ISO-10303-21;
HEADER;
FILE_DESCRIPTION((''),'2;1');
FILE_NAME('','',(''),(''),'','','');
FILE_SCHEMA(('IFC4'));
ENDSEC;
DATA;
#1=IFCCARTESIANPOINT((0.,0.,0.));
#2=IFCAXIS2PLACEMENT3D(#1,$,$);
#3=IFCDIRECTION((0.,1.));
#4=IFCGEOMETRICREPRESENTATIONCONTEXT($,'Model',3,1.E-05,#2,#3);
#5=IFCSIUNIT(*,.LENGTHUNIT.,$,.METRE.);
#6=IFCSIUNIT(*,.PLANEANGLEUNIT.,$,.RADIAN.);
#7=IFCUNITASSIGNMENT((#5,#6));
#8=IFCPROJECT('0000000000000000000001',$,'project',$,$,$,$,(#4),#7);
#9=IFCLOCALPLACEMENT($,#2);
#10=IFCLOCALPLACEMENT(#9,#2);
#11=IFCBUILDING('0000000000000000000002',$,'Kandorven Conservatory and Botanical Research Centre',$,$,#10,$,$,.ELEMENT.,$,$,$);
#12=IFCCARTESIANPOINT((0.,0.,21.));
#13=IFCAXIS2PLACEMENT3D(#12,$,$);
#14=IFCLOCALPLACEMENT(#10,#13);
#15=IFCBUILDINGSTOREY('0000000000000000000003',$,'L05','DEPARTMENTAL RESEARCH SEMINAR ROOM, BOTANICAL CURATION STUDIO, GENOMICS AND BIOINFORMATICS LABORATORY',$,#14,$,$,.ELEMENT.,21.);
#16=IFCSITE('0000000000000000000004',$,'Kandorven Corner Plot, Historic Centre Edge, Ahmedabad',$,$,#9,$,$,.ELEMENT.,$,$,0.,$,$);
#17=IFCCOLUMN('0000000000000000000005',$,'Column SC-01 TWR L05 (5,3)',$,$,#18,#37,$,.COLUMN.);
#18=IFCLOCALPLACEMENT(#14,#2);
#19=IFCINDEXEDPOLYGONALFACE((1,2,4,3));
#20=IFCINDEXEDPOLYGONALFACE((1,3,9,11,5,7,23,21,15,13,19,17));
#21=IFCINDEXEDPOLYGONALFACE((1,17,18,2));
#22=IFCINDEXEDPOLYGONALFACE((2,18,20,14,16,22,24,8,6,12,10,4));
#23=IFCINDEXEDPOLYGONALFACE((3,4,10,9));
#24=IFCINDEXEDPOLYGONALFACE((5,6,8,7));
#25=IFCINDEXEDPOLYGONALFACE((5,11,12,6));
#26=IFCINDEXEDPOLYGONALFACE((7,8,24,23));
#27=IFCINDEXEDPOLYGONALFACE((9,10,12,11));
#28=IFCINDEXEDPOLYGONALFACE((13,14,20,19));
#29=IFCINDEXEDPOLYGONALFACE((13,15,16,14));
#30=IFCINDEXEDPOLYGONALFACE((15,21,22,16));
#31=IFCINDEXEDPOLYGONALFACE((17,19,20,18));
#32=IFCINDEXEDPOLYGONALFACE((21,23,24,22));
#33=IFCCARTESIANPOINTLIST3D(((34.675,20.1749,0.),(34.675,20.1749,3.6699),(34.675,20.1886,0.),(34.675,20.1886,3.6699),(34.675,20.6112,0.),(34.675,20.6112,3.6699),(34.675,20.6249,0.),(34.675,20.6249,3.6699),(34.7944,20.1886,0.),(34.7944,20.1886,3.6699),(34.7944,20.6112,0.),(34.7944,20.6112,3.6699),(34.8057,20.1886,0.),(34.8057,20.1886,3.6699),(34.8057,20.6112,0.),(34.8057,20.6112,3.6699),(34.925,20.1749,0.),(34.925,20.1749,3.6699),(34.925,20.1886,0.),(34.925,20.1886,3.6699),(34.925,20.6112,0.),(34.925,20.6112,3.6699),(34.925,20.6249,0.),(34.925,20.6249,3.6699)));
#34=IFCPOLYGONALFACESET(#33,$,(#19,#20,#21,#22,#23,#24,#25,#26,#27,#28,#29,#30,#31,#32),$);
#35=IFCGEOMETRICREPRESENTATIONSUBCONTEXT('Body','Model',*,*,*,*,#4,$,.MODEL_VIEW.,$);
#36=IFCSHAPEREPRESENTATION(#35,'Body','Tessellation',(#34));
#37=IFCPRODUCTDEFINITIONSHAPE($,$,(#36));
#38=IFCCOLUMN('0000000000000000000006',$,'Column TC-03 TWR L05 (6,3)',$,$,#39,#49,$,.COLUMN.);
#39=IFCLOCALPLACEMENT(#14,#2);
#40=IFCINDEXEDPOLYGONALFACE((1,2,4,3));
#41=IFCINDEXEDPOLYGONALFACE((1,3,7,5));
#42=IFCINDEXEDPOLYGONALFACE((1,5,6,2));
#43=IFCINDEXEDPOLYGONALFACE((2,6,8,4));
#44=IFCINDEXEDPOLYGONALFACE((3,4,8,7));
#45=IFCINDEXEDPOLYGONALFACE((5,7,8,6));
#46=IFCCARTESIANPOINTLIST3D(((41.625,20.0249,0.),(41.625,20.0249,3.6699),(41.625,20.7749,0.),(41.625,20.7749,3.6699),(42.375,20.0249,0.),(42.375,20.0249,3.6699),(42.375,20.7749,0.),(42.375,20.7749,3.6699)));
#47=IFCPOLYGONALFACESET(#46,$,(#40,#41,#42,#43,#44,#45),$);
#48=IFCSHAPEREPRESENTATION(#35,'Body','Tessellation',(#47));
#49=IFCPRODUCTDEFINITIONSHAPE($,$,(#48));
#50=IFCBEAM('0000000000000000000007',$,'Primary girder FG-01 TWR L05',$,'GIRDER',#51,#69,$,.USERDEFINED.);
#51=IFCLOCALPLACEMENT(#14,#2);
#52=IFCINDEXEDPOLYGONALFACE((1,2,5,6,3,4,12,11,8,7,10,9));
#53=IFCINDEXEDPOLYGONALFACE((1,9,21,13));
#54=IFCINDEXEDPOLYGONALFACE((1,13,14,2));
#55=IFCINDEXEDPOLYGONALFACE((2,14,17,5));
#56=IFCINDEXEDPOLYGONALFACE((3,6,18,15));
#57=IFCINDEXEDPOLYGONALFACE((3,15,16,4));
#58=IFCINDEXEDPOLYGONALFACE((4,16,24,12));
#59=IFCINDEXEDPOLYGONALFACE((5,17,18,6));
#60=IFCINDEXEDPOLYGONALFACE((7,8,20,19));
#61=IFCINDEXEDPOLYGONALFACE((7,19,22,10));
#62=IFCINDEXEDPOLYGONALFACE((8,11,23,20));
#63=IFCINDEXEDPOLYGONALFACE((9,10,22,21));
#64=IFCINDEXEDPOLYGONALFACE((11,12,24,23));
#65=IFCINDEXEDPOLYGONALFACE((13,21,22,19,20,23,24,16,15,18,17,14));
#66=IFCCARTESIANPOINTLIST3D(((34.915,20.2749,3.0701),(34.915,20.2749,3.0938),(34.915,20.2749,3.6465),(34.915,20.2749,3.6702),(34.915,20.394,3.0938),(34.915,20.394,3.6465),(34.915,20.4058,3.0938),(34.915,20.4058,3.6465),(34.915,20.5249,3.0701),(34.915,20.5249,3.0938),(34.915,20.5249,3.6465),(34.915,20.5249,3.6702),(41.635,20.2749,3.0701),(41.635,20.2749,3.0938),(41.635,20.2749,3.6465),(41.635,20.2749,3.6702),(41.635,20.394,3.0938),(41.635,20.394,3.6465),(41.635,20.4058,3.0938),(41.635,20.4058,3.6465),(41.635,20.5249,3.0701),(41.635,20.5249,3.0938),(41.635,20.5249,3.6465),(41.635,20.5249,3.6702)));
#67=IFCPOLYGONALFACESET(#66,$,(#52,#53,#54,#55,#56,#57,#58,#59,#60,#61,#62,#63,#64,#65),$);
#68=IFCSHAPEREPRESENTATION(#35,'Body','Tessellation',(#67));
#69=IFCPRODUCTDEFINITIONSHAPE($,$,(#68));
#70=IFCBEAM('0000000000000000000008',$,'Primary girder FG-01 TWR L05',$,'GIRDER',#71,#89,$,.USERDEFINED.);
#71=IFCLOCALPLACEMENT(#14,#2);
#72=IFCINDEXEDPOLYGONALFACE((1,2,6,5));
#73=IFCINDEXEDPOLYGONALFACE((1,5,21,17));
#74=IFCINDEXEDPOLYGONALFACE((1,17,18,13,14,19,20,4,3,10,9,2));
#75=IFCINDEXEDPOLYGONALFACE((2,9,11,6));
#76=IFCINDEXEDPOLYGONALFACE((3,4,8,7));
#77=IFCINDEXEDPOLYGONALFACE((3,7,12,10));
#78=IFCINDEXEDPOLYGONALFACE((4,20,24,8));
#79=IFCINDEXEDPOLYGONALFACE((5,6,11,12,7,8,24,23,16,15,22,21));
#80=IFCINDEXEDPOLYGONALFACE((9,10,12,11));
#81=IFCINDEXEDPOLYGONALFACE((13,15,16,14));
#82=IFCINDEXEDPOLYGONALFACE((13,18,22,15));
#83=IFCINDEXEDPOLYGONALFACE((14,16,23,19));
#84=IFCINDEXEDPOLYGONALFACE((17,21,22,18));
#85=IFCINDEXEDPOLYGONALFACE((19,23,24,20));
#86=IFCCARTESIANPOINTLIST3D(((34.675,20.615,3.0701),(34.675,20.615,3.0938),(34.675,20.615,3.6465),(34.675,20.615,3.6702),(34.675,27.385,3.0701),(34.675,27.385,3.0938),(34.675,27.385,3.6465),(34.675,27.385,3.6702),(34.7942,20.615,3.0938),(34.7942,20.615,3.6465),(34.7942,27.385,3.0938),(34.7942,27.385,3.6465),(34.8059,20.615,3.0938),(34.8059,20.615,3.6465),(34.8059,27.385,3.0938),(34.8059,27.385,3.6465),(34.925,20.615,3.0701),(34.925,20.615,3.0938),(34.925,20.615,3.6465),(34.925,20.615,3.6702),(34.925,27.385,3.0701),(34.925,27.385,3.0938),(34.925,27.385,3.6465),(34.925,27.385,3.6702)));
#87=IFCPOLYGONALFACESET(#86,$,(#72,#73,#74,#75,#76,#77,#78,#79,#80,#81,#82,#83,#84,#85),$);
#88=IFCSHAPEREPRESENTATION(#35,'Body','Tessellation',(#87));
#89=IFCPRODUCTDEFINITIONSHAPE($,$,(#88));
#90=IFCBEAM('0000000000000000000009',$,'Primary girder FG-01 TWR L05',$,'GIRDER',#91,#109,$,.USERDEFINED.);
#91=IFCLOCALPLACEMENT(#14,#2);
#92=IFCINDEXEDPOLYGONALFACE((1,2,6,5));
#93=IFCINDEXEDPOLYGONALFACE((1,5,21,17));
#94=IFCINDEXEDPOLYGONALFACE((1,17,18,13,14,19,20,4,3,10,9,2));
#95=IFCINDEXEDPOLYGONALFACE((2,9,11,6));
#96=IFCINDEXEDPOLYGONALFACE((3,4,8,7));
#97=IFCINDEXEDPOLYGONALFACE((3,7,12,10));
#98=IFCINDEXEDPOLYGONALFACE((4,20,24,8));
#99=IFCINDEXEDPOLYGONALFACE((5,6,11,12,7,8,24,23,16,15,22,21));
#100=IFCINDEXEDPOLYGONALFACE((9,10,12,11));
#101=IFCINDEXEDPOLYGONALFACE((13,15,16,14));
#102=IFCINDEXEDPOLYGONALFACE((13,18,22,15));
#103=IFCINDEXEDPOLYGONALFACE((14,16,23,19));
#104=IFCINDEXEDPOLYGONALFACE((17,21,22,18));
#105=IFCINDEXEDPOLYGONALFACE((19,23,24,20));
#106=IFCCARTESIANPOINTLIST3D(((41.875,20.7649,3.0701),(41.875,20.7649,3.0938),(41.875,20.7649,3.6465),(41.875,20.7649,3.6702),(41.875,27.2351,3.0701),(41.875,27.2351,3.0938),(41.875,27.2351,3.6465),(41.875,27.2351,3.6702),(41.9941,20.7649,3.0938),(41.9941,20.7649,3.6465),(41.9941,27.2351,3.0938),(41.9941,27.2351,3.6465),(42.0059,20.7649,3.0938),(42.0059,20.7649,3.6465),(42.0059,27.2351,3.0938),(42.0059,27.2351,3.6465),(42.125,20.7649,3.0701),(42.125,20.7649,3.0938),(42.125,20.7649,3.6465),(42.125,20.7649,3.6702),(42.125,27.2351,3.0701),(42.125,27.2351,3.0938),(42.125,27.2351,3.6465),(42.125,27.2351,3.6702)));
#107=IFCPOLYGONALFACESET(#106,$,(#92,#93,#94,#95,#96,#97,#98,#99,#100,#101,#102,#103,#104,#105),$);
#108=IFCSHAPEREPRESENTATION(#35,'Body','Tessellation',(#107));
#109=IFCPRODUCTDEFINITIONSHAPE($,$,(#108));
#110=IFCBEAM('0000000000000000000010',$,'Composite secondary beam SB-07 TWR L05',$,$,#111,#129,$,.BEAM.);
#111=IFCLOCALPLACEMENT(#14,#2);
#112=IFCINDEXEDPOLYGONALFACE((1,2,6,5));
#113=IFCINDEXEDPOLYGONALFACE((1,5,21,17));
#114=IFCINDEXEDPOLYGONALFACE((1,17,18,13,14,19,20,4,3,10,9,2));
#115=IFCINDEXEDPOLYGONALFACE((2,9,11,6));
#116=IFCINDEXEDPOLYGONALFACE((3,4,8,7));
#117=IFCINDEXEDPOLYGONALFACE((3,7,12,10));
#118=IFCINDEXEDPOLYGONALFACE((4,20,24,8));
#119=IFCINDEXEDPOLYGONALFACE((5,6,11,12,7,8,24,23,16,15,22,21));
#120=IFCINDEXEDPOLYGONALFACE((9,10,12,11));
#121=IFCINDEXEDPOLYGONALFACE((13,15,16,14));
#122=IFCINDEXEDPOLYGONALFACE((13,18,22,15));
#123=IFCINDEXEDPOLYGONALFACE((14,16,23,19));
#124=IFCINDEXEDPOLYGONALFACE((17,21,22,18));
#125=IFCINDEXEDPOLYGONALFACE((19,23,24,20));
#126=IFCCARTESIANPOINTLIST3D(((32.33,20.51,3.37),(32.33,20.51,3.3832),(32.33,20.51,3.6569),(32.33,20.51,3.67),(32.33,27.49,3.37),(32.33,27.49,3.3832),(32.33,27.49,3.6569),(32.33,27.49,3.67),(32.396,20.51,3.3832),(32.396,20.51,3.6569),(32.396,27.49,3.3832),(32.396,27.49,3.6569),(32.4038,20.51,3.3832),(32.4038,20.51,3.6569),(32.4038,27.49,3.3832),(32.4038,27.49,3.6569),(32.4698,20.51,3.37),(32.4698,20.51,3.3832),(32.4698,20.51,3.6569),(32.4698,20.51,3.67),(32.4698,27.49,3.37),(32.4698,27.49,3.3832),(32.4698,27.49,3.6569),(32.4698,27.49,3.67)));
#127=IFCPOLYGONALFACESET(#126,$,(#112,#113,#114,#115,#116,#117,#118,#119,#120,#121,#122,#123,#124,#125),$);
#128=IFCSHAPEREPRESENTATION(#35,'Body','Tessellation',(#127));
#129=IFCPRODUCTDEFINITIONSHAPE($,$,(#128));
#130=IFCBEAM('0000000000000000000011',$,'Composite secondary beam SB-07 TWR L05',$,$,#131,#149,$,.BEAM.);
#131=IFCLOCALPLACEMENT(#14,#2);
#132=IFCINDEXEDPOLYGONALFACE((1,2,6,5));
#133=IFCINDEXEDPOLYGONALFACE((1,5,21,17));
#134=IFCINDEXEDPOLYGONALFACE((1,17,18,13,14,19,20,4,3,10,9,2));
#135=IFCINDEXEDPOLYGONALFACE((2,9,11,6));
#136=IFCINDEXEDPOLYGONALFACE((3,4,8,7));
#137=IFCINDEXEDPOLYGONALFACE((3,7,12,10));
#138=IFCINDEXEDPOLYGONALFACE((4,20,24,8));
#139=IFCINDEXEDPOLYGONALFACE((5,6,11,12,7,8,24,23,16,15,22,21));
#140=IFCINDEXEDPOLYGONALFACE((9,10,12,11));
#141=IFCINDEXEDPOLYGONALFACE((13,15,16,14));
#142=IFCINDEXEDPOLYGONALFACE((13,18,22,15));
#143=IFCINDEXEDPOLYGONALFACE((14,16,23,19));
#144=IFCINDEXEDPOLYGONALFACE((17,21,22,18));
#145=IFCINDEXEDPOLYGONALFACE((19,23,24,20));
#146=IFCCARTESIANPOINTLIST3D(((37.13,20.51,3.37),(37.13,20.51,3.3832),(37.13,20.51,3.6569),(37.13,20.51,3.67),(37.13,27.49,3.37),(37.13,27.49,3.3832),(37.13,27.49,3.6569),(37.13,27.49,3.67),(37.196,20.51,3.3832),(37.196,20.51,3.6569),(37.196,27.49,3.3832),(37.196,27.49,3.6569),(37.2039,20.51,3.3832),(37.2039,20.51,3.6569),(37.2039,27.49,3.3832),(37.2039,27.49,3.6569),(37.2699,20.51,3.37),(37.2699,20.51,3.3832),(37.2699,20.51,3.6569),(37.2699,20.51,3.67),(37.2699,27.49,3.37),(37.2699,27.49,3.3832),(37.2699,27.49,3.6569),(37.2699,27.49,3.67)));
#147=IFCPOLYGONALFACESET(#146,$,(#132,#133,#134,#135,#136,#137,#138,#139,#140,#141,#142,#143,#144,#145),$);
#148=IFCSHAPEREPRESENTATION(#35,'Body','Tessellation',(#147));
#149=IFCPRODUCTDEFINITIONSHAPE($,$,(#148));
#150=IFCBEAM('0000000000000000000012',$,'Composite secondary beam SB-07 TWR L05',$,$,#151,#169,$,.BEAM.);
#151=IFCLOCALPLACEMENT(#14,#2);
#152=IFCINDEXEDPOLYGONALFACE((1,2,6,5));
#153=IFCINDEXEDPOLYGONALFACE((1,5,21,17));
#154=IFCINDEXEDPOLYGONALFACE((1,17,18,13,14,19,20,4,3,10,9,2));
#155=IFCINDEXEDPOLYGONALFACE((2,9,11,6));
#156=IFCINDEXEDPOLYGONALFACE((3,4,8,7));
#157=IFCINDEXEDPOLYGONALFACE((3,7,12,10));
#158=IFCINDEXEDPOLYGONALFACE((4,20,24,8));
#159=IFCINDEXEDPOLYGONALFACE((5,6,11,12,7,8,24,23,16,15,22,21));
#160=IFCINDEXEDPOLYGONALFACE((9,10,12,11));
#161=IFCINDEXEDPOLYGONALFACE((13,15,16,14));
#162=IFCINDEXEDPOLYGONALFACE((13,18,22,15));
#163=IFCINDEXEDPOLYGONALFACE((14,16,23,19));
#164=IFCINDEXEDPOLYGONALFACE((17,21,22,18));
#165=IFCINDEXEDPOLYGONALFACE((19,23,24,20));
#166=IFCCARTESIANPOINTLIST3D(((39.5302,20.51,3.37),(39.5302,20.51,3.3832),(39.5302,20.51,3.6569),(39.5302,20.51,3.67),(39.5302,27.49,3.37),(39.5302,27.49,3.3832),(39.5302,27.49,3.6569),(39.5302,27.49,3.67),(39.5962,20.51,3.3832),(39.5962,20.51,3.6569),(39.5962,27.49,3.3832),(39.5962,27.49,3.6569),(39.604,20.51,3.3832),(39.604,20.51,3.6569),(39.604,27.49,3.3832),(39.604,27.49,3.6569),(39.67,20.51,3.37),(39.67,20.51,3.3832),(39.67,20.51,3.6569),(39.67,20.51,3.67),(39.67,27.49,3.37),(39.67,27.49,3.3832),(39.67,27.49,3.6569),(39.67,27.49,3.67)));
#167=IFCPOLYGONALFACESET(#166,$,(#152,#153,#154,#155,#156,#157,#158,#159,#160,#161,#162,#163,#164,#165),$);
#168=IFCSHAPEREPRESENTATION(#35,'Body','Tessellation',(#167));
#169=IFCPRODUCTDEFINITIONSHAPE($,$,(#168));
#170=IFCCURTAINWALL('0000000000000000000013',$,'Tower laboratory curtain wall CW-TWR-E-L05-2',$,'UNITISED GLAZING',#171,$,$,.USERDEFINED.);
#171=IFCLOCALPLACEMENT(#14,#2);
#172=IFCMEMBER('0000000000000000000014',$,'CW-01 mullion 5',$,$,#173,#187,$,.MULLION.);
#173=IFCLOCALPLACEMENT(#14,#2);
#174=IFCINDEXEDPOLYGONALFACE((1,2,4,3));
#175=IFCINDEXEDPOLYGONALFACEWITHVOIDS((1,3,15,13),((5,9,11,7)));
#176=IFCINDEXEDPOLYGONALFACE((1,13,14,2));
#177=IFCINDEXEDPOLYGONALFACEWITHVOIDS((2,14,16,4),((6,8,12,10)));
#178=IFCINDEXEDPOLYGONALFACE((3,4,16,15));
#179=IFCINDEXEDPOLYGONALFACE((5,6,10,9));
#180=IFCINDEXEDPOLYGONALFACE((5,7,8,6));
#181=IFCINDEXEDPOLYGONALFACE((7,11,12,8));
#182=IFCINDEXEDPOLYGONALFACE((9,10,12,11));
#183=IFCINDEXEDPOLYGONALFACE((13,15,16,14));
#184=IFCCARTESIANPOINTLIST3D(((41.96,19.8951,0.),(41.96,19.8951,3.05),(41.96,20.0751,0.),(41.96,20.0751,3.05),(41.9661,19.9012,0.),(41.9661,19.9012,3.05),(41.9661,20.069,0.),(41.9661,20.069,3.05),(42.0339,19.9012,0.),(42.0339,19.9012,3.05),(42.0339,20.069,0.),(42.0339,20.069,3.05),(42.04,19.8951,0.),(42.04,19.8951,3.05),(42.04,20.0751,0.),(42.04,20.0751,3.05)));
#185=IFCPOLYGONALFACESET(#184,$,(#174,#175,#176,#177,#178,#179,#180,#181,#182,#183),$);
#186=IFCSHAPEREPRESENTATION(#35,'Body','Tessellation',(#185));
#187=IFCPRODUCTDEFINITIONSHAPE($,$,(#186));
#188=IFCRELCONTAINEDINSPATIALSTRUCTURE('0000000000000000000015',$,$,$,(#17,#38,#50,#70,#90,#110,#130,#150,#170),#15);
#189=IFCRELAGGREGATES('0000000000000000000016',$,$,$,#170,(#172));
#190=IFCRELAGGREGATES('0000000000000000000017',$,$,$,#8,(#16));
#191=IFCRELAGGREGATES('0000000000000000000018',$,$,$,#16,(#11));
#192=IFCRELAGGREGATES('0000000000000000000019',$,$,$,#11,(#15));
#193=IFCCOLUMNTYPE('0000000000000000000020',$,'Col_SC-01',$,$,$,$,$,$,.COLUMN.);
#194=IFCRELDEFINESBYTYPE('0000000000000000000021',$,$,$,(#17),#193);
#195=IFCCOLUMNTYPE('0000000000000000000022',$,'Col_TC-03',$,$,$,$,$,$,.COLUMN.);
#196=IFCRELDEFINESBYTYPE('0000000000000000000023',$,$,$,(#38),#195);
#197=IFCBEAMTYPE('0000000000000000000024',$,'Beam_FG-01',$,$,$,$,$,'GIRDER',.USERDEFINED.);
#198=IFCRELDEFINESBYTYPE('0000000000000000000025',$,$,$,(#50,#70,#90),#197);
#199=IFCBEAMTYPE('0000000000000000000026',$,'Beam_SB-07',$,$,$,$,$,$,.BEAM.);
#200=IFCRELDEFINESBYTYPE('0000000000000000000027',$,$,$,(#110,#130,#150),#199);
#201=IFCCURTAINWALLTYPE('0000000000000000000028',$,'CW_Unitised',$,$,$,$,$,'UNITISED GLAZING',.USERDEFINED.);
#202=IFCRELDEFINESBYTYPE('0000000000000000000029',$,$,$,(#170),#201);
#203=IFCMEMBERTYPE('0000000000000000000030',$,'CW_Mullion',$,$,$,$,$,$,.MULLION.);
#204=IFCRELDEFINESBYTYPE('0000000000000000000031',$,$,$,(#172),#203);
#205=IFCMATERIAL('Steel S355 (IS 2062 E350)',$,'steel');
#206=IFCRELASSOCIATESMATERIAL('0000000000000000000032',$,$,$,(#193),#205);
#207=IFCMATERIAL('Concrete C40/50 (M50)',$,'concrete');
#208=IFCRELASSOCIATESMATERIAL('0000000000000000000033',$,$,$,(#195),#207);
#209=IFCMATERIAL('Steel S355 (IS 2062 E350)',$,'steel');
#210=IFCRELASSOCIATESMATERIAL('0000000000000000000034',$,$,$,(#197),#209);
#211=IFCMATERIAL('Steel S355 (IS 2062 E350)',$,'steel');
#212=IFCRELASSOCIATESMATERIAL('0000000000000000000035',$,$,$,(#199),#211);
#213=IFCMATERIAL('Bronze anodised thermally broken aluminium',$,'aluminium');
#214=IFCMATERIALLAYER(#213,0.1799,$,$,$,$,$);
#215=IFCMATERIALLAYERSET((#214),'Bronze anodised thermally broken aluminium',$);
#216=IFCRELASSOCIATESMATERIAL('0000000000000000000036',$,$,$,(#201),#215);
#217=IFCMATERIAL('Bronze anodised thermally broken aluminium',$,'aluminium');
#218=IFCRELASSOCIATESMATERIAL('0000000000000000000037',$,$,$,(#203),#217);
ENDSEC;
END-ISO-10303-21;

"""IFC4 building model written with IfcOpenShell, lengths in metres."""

from ifc_helpers import new_model, si_unit, direction, frame, origin, origin_2d, place, context, subcontext, project, spatial, rectangle, hollow_rectangle, i_section, extrude, material, layer, layer_set, material_profile, profile_set, type_object, element, aggregate, save


model = new_model("IFC4")

# Units and contexts
model_context = context("Model", 3, precision=1e-05, world=origin(), true_north=direction((0.0, 1.0)))
body_context = subcontext(model_context, "Body", "Model", "MODEL_VIEW")
ifc_project = project(units=[si_unit("LENGTHUNIT", "METRE"), si_unit("PLANEANGLEUNIT", "RADIAN")], contexts=[model_context])

# Site, building, storey
site_placement = place(None, origin())
site = spatial("IfcSite", under=ifc_project, at=site_placement, Name="Kandorven Corner Plot, Historic Centre Edge, Ahmedabad", CompositionType="ELEMENT", RefElevation=0.0)
building_placement = place(site_placement, origin())
building = spatial("IfcBuilding", under=site, at=building_placement, Name="Kandorven Conservatory and Botanical Research Centre", CompositionType="ELEMENT")
storey_placement = place(building_placement, frame((0.0, 0.0, 21.0)))
storey = spatial("IfcBuildingStorey", under=building, at=storey_placement, Name="L05", Description="DEPARTMENTAL RESEARCH SEMINAR ROOM, BOTANICAL CURATION STUDIO, GENOMICS AND BIOINFORMATICS LABORATORY", CompositionType="ELEMENT", Elevation=21.0)

# Columns
ifc_material_1 = material(Name="Steel S355 (IS 2062 E350)", Category="steel")
ifc_material_profile_1 = material_profile(ifc_material_1, i_section(OverallWidth=0.25, OverallDepth=0.45, WebThickness=0.0112, FlangeThickness=0.0137, at=origin_2d()))
ifc_profile_set_1 = profile_set([ifc_material_profile_1], Name="Steel S355 (IS 2062 E350)")
column_type_1 = type_object("IfcColumnType", Name="Col_SC-01", PredefinedType="COLUMN", material=ifc_profile_set_1)
column_1_placement = place(storey_placement, frame((34.8, 20.3999, 0.0), z_axis=(0.0, 0.0, 1.0), x_axis=(1.0, 0.0, 0.0)))
element("IfcColumn", 1, at=column_1_placement, inside=storey, type_object=column_type_1, Name="Column SC-01 TWR L05 (5,3)", PredefinedType="COLUMN", context=body_context, shape_type="SweptSolid", body=[
    extrude(i_section(OverallWidth=0.25, OverallDepth=0.45, WebThickness=0.0112, FlangeThickness=0.0137, at=origin_2d()), origin(), (0.0, 0.0, 1.0), 3.6699),
])
ifc_material_2 = material(Name="Concrete C40/50 (M50)", Category="concrete")
ifc_material_profile_2 = material_profile(ifc_material_2, rectangle(XDim=0.75, YDim=0.75, at=origin_2d()))
ifc_profile_set_2 = profile_set([ifc_material_profile_2], Name="Concrete C40/50 (M50)")
column_type_2 = type_object("IfcColumnType", Name="Col_TC-03", PredefinedType="COLUMN", material=ifc_profile_set_2)
column_2_placement = place(storey_placement, frame((42.0, 20.3999, 0.0), z_axis=(0.0, 0.0, 1.0), x_axis=(1.0, 0.0, 0.0)))
element("IfcColumn", 2, at=column_2_placement, inside=storey, type_object=column_type_2, Name="Column TC-03 TWR L05 (6,3)", PredefinedType="COLUMN", context=body_context, shape_type="SweptSolid", body=[
    extrude(rectangle(XDim=0.75, YDim=0.75, at=origin_2d()), origin(), (0.0, 0.0, 1.0), 3.6699),
])

# Beams
ifc_material_3 = material(Name="Steel S355 (IS 2062 E350)", Category="steel")
ifc_material_profile_3 = material_profile(ifc_material_3, i_section(OverallWidth=0.25, OverallDepth=0.6001, WebThickness=0.0117, FlangeThickness=0.0237, at=origin_2d()))
ifc_profile_set_3 = profile_set([ifc_material_profile_3], Name="Steel S355 (IS 2062 E350)")
beam_type_1 = type_object("IfcBeamType", Name="Beam_FG-01", ElementType="GIRDER", PredefinedType="USERDEFINED", material=ifc_profile_set_3)
beam_1_placement = place(storey_placement, frame((34.915, 20.3999, 3.3701), z_axis=(1.0, 0.0, 0.0), x_axis=(0.0, 1.0, 0.0)))
element("IfcBeam", 3, at=beam_1_placement, inside=storey, type_object=beam_type_1, Name="Primary girder FG-01 TWR L05", ObjectType="GIRDER", PredefinedType="USERDEFINED", context=body_context, shape_type="SweptSolid", body=[
    extrude(i_section(OverallWidth=0.25, OverallDepth=0.6001, WebThickness=0.0117, FlangeThickness=0.0237, at=origin_2d()), origin(), (0.0, 0.0, 1.0), 6.72),
])
beam_2_placement = place(storey_placement, frame((34.8, 20.615, 3.3701), z_axis=(0.0, 1.0, 0.0), x_axis=(-1.0, 0.0, 0.0)))
element("IfcBeam", 4, at=beam_2_placement, inside=storey, type_object=beam_type_1, Name="Primary girder FG-01 TWR L05", ObjectType="GIRDER", PredefinedType="USERDEFINED", context=body_context, shape_type="SweptSolid", body=[
    extrude(i_section(OverallWidth=0.25, OverallDepth=0.6001, WebThickness=0.0117, FlangeThickness=0.0237, at=origin_2d()), origin(), (0.0, 0.0, 1.0), 6.77),
])
beam_3_placement = place(storey_placement, frame((42.0, 20.7649, 3.3701), z_axis=(0.0, 1.0, 0.0), x_axis=(-1.0, 0.0, 0.0)))
element("IfcBeam", 5, at=beam_3_placement, inside=storey, type_object=beam_type_1, Name="Primary girder FG-01 TWR L05", ObjectType="GIRDER", PredefinedType="USERDEFINED", context=body_context, shape_type="SweptSolid", body=[
    extrude(i_section(OverallWidth=0.25, OverallDepth=0.6001, WebThickness=0.0117, FlangeThickness=0.0237, at=origin_2d()), origin(), (0.0, 0.0, 1.0), 6.4702),
])
ifc_material_4 = material(Name="Steel S355 (IS 2062 E350)", Category="steel")
ifc_material_profile_4 = material_profile(ifc_material_4, i_section(OverallWidth=0.1399, OverallDepth=0.3, WebThickness=0.0078, FlangeThickness=0.0132, at=origin_2d()))
ifc_profile_set_4 = profile_set([ifc_material_profile_4], Name="Steel S355 (IS 2062 E350)")
beam_type_2 = type_object("IfcBeamType", Name="Beam_SB-07", PredefinedType="BEAM", material=ifc_profile_set_4)
for number, where, z_axis, x_axis, name in (
    (6, (32.3999, 20.51, 3.52), (0.0, 1.0, 0.0), (-1.0, 0.0, 0.0), "Composite secondary beam SB-07 TWR L05"),
    (7, (37.2, 20.51, 3.52), (0.0, 1.0, 0.0), (-1.0, 0.0, 0.0), "Composite secondary beam SB-07 TWR L05"),
    (8, (39.6001, 20.51, 3.52), (0.0, 1.0, 0.0), (-1.0, 0.0, 0.0), "Composite secondary beam SB-07 TWR L05"),
):
    element("IfcBeam", number, at=place(storey_placement, frame(where, z_axis=z_axis, x_axis=x_axis)), inside=storey, type_object=beam_type_2, Name=name, PredefinedType="BEAM", context=body_context, shape_type="SweptSolid", body=[
        extrude(i_section(OverallWidth=0.1399, OverallDepth=0.3, WebThickness=0.0078, FlangeThickness=0.0132, at=origin_2d()), origin(), (0.0, 0.0, 1.0), 6.98),
    ])

# Curtain wall, member
ifc_material_5 = material(Name="Bronze anodised thermally broken aluminium", Category="aluminium")
ifc_layer_1 = layer(ifc_material_5, 0.1799)
ifc_layer_set_1 = layer_set([ifc_layer_1], Name="Bronze anodised thermally broken aluminium")
curtain_wall_type = type_object("IfcCurtainWallType", Name="CW_Unitised", ElementType="UNITISED GLAZING", PredefinedType="USERDEFINED", material=ifc_layer_set_1)
curtain_wall_1_placement = place(storey_placement, origin())
curtain_wall_1 = element("IfcCurtainWall", 9, at=curtain_wall_1_placement, inside=storey, type_object=curtain_wall_type, Name="Tower laboratory curtain wall CW-TWR-E-L05-2", ObjectType="UNITISED GLAZING", PredefinedType="USERDEFINED")
ifc_material_6 = material(Name="Bronze anodised thermally broken aluminium", Category="aluminium")
ifc_material_profile_5 = material_profile(ifc_material_6, hollow_rectangle(XDim=0.0801, YDim=0.1799, WallThickness=0.0061, at=origin_2d()))
ifc_profile_set_5 = profile_set([ifc_material_profile_5], Name="Bronze anodised thermally broken aluminium")
member_type_1 = type_object("IfcMemberType", Name="CW_Mullion", PredefinedType="MULLION", material=ifc_profile_set_5)
member_1_placement = place(storey_placement, frame((42.0, 19.9851, 0.0), z_axis=(0.0, 0.0, 1.0), x_axis=(-1.0, 0.0, 0.0)))
member_1 = element("IfcMember", 10, at=member_1_placement, type_object=member_type_1, Name="CW-01 mullion 5", PredefinedType="MULLION", context=body_context, shape_type="SweptSolid", body=[
    extrude(hollow_rectangle(XDim=0.0801, YDim=0.1799, WallThickness=0.0061, at=origin_2d()), origin(), (0.0, 0.0, 1.0), 3.05),
])

aggregate(curtain_wall_1, [member_1])

save(model, "model.ifc")
